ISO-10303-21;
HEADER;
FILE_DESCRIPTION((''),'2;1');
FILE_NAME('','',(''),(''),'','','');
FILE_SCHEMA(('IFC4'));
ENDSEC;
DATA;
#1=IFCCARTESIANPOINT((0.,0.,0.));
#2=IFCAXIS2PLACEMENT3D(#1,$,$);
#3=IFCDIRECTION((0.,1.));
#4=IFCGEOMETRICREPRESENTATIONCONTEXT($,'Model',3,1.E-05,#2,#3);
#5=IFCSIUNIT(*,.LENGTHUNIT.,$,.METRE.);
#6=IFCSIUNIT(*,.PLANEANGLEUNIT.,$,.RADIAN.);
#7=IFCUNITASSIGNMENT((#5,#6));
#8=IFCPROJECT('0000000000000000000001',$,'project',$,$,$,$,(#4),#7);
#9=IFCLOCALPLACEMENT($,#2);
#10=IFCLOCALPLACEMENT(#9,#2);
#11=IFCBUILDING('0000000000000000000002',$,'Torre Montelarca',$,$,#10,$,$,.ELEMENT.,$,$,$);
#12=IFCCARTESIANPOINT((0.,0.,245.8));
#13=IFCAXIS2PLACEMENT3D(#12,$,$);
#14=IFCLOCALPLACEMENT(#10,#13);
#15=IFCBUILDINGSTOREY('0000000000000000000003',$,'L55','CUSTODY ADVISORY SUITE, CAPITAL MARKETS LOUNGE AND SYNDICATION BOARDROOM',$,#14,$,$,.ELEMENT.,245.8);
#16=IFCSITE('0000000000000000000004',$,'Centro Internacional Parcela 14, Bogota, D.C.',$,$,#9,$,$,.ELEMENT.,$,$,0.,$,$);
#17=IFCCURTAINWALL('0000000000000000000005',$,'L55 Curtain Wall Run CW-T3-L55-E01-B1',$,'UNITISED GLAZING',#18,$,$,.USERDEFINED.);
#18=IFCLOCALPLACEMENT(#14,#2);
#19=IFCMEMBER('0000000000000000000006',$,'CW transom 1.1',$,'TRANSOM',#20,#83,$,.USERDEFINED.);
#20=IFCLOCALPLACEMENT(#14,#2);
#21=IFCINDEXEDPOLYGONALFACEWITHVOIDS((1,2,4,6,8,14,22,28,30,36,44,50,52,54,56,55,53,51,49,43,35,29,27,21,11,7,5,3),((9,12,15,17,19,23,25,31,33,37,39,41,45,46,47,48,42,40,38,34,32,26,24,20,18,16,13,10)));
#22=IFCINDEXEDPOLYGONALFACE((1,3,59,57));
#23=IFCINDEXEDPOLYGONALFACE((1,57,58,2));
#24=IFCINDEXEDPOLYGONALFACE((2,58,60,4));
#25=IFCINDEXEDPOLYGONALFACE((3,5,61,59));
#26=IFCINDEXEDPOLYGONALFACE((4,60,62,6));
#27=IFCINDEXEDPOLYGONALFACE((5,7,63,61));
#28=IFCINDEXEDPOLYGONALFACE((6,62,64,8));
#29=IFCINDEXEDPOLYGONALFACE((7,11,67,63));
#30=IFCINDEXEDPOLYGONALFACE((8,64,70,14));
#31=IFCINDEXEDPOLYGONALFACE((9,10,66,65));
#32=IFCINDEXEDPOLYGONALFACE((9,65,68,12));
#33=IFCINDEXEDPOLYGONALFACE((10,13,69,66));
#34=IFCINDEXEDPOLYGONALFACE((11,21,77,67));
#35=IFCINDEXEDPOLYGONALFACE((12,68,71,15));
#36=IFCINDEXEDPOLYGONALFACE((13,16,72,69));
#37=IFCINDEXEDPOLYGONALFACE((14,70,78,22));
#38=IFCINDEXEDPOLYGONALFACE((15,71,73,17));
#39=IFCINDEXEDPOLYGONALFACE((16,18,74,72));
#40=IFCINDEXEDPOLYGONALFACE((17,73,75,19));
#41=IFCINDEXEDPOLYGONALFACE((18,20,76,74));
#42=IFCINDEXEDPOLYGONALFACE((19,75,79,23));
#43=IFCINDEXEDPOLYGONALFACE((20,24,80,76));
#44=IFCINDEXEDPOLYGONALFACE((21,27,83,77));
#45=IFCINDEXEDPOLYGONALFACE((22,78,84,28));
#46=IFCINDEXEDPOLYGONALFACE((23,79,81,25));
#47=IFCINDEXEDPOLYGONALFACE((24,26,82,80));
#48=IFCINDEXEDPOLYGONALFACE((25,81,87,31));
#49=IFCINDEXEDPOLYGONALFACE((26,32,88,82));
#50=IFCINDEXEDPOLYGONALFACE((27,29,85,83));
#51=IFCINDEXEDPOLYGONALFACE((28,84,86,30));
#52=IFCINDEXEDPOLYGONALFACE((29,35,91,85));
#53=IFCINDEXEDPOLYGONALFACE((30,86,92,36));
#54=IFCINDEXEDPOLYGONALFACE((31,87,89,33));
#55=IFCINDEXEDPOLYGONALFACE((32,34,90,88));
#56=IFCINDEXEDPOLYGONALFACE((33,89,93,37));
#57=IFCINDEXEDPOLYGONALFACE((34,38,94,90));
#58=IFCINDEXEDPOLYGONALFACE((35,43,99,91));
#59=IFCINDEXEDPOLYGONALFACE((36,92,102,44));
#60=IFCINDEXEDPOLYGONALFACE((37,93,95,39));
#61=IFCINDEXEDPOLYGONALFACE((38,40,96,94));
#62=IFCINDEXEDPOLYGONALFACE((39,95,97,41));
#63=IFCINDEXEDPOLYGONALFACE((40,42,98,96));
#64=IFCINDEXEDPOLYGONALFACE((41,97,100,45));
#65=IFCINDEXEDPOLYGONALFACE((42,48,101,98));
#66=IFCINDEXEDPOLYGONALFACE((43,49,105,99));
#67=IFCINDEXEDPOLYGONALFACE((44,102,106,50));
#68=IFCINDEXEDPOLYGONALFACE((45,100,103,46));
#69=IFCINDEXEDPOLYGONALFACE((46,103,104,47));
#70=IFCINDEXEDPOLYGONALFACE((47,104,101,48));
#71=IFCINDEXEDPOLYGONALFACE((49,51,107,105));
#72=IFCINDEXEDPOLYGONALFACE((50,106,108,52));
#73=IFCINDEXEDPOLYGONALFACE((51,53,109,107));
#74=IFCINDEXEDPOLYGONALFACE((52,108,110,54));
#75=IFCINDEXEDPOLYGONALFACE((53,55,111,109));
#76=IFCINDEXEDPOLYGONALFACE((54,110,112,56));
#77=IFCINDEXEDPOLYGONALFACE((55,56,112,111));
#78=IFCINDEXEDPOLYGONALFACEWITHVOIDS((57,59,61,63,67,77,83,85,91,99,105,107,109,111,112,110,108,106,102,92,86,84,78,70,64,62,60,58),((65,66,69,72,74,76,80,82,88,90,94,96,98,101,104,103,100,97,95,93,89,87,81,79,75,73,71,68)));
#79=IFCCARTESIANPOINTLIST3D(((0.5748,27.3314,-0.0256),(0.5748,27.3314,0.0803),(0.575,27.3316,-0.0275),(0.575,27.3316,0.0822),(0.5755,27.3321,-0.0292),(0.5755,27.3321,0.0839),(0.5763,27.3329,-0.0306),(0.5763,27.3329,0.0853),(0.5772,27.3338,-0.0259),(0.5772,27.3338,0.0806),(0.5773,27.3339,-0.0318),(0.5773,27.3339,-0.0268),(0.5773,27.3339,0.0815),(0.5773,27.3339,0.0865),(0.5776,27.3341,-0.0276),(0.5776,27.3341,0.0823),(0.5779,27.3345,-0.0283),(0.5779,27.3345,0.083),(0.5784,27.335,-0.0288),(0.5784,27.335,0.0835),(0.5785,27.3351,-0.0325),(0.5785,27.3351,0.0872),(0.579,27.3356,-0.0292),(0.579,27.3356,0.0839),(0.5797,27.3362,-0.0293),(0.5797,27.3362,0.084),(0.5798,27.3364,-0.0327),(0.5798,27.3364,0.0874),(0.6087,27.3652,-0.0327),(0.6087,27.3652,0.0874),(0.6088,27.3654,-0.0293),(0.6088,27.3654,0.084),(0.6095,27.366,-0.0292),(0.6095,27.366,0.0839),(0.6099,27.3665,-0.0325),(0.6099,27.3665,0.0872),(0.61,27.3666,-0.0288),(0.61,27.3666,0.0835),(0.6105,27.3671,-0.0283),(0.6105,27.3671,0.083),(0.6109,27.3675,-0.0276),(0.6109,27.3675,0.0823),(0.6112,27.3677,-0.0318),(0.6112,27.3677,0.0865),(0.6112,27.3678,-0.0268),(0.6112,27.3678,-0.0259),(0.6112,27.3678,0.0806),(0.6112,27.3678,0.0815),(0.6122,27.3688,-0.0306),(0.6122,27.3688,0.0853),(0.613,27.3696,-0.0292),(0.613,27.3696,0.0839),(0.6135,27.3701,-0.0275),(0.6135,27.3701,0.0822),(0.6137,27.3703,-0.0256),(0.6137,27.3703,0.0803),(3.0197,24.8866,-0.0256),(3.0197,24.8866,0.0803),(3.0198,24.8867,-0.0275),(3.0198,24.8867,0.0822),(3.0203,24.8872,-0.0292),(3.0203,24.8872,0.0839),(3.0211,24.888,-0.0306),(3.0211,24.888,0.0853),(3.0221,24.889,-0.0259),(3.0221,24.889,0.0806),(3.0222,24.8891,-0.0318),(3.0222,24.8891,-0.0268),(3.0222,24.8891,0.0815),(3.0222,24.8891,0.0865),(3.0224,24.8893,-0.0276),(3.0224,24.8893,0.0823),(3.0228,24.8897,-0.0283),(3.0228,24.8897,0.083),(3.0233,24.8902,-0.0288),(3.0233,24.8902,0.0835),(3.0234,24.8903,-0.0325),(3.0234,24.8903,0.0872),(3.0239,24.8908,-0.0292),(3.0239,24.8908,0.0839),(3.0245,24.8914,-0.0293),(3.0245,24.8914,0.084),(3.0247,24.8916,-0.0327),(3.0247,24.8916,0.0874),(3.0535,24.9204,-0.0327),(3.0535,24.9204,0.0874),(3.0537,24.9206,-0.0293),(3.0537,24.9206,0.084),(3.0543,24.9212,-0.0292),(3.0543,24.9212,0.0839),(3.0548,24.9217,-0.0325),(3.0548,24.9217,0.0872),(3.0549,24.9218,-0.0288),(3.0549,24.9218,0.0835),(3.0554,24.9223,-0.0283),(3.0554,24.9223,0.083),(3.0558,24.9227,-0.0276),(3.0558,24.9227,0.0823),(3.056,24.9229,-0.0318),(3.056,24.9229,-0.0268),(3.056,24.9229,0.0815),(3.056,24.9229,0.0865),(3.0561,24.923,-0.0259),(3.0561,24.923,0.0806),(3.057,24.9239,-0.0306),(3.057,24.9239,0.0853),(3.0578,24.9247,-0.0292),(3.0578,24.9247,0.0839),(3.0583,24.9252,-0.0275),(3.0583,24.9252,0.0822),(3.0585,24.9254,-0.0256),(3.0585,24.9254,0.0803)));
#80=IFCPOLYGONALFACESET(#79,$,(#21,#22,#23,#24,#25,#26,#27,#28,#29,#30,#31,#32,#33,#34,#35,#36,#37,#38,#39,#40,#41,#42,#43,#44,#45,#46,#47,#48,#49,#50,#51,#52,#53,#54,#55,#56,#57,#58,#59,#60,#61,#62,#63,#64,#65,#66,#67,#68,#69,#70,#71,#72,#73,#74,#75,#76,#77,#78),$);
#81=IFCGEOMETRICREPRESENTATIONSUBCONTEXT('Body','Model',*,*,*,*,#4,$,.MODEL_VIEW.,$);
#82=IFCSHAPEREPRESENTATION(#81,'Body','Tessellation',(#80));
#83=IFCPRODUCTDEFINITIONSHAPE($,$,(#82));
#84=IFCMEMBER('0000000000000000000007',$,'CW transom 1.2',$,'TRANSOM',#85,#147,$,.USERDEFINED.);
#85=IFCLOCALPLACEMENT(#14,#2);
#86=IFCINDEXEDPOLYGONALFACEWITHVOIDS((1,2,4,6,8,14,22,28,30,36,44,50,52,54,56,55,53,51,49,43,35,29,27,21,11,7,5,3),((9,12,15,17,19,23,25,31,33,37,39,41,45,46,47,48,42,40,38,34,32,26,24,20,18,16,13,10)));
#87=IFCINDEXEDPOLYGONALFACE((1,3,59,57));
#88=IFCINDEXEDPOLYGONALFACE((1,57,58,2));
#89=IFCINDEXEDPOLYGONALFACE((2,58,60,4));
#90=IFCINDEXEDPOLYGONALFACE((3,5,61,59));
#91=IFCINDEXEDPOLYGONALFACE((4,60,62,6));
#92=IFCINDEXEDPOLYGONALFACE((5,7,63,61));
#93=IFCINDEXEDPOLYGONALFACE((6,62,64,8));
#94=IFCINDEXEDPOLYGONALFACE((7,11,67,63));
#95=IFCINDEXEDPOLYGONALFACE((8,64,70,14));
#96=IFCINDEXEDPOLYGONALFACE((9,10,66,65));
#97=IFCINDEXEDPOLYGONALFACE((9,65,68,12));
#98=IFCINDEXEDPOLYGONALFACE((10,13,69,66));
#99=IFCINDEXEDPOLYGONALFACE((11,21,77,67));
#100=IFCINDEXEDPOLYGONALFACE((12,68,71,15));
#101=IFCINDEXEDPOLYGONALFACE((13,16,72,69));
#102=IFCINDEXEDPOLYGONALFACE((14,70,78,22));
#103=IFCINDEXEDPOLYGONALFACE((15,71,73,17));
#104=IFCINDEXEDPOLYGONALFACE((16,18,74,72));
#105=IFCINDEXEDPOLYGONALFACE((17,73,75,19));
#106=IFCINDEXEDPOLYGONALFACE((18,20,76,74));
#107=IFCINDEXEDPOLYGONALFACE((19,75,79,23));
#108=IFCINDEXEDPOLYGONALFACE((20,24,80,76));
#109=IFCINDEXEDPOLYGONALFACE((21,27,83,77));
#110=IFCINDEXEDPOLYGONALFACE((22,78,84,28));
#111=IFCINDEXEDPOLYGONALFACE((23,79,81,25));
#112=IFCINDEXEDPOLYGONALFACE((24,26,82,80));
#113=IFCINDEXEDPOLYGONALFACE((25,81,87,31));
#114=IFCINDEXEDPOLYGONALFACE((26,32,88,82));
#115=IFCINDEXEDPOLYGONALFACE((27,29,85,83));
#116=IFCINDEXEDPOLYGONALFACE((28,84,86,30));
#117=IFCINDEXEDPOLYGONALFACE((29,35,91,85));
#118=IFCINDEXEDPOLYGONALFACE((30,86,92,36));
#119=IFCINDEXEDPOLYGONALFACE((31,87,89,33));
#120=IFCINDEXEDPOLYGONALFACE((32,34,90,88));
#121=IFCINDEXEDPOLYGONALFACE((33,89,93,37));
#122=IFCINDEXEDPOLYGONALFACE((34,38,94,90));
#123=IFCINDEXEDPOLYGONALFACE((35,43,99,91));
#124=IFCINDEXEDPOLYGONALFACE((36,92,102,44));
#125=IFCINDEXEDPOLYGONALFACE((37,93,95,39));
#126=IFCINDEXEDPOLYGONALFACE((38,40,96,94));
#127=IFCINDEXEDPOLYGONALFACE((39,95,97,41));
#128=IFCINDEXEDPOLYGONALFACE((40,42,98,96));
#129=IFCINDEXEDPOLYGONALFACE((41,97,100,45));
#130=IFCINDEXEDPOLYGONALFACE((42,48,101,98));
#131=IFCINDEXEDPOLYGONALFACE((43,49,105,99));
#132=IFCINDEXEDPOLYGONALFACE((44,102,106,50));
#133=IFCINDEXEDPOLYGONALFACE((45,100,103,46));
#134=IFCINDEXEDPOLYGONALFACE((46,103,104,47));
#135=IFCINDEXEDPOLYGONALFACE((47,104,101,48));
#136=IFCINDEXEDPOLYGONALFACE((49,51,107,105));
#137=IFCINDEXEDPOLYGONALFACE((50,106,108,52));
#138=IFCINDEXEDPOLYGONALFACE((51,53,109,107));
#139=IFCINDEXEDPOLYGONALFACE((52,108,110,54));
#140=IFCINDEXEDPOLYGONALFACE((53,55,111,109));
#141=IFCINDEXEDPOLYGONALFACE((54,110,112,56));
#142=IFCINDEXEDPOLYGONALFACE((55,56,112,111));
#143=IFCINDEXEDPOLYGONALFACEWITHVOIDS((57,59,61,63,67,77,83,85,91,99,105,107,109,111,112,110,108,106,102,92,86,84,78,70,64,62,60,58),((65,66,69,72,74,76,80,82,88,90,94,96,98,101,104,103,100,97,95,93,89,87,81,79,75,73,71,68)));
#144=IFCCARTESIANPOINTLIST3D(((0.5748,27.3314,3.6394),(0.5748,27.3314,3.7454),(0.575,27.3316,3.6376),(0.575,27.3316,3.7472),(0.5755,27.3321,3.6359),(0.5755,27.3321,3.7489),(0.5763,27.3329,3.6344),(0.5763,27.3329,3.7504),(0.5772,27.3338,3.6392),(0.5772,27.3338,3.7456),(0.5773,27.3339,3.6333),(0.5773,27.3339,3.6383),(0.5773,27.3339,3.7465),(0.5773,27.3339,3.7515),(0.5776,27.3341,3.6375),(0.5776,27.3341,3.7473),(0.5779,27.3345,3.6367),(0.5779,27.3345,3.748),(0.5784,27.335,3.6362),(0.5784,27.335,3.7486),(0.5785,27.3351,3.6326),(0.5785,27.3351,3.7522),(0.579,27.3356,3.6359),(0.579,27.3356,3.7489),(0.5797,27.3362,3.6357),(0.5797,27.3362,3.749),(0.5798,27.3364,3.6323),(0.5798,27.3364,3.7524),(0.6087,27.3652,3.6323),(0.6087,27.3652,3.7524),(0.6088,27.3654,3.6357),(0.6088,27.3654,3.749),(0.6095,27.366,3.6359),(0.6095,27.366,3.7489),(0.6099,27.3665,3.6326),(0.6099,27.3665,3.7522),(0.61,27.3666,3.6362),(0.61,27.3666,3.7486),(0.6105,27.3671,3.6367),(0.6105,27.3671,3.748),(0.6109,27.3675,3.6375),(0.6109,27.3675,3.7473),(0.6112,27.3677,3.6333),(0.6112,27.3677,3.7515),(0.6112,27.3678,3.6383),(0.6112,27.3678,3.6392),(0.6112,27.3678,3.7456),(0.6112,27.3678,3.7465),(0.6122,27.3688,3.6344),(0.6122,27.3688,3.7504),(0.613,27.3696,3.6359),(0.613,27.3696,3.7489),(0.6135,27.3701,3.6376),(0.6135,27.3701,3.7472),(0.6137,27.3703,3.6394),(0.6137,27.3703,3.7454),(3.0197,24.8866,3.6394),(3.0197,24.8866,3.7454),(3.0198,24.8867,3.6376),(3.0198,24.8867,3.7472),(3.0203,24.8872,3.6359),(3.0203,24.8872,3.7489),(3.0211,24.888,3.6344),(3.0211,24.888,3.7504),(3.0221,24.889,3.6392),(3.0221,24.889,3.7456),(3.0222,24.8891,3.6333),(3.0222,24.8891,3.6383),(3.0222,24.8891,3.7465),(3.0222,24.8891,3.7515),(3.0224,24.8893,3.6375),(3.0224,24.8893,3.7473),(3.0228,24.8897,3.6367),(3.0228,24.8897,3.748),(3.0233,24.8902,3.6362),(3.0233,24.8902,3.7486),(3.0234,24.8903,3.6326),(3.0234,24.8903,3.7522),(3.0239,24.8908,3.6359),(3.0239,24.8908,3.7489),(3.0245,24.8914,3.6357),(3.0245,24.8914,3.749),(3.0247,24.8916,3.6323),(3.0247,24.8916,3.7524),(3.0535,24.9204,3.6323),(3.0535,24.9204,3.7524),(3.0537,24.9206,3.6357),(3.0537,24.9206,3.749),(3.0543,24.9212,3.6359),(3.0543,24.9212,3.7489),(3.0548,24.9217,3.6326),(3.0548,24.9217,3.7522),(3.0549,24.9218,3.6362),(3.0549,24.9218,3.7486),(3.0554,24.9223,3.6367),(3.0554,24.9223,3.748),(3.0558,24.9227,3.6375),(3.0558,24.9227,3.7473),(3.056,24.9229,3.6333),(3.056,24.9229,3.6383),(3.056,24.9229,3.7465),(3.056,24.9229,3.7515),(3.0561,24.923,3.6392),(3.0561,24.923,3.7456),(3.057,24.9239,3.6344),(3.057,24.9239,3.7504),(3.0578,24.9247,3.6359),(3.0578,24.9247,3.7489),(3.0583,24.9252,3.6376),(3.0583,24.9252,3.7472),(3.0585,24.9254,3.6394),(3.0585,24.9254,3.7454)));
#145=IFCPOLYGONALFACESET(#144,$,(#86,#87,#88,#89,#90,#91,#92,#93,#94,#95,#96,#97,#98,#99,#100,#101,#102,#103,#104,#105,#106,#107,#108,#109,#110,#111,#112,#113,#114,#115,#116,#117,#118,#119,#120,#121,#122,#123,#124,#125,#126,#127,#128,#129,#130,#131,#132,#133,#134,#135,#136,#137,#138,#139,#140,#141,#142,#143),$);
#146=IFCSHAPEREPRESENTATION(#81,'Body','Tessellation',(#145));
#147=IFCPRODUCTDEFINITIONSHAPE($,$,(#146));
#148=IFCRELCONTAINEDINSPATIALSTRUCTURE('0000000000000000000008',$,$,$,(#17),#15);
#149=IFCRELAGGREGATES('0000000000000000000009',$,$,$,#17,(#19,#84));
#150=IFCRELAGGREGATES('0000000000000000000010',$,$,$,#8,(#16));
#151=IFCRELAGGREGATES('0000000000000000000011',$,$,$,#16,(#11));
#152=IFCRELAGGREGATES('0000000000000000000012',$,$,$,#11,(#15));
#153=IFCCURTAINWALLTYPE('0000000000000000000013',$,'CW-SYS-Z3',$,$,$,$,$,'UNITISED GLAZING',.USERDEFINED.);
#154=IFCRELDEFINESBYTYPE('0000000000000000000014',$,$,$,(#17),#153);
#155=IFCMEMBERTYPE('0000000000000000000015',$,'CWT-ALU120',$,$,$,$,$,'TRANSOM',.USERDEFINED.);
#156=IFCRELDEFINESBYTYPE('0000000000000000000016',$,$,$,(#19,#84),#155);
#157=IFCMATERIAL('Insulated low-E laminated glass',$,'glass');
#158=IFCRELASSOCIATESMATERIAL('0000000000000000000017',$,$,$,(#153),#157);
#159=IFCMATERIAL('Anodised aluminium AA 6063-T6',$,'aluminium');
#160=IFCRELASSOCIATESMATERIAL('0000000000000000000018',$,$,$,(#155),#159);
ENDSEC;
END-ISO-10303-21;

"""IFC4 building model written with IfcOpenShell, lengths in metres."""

from ifc_helpers import new_model, si_unit, direction, frame, origin, origin_2d, place, context, subcontext, project, spatial, hollow_rectangle, extrude, source, transform, mapped, material, material_profile, profile_set, type_object, element, aggregate, save


model = new_model("IFC4")

# Units and contexts
model_context = context("Model", 3, precision=1e-05, world=origin(), true_north=direction((0.0, 1.0)))
body_context = subcontext(model_context, "Body", "Model", "MODEL_VIEW")
ifc_project = project(units=[si_unit("LENGTHUNIT", "METRE"), si_unit("PLANEANGLEUNIT", "RADIAN")], contexts=[model_context])

# Site, building, storey
site_placement = place(None, origin())
site = spatial("IfcSite", under=ifc_project, at=site_placement, Name="Centro Internacional Parcela 14, Bogota, D.C.", CompositionType="ELEMENT", RefElevation=0.0)
building_placement = place(site_placement, origin())
building = spatial("IfcBuilding", under=site, at=building_placement, Name="Torre Montelarca", CompositionType="ELEMENT")
storey_placement = place(building_placement, frame((0.0, 0.0, 245.8)))
storey = spatial("IfcBuildingStorey", under=building, at=storey_placement, Name="L55", Description="CUSTODY ADVISORY SUITE, CAPITAL MARKETS LOUNGE AND SYNDICATION BOARDROOM", CompositionType="ELEMENT", Elevation=245.8)

# Curtain wall
ifc_material_1 = material(Name="Insulated low-E laminated glass", Category="glass")
curtain_wall_type = type_object("IfcCurtainWallType", Name="CW-SYS-Z3", ElementType="UNITISED GLAZING", PredefinedType="USERDEFINED", material=ifc_material_1)
curtain_wall_1_placement = place(storey_placement, origin())
curtain_wall_1 = element("IfcCurtainWall", 1, at=curtain_wall_1_placement, inside=storey, type_object=curtain_wall_type, Name="L55 Curtain Wall Run CW-T3-L55-E01-B1", ObjectType="UNITISED GLAZING", PredefinedType="USERDEFINED")
ifc_material_2 = material(Name="Anodised aluminium AA 6063-T6", Category="aluminium")

# Members
ifc_material_profile_1 = material_profile(ifc_material_2, hollow_rectangle(XDim=0.0549, YDim=0.1201, WallThickness=0.0034, InnerFilletRadius=0.0034, OuterFilletRadius=0.0071, at=origin_2d()), Name="ALU55X120X3.5", Category="aluminium")
ifc_profile_set_1 = profile_set([ifc_material_profile_1], Name="Anodised aluminium AA 6063-T6")
member_type_1 = type_object("IfcMemberType", Name="CWT-ALU120", ElementType="TRANSOM", PredefinedType="USERDEFINED", material=ifc_profile_set_1)
shared_shape_1 = source(origin(), body_context, "Body", "SweptSolid", [
    extrude(hollow_rectangle(XDim=0.0549, YDim=0.1201, WallThickness=0.0034, InnerFilletRadius=0.0034, OuterFilletRadius=0.0071, at=origin_2d()), origin(), (0.0, 0.0, 1.0), 3.4575),
])
member_1_placement = place(storey_placement, frame((0.5942, 27.3508, 0.0273), z_axis=(0.707107, -0.707107, 0.0), x_axis=(0.707107, 0.707107, 0.0)))
member_1 = element("IfcMember", 2, at=member_1_placement, type_object=member_type_1, Name="CW transom 1.1", ObjectType="TRANSOM", PredefinedType="USERDEFINED", context=body_context, shape_type="MappedRepresentation", body=[
    mapped(shared_shape_1, transform((0.0, 0.0, 0.0), scale=1.0)),
])
member_2_placement = place(storey_placement, frame((0.5942, 27.3508, 3.6924), z_axis=(0.707107, -0.707107, 0.0), x_axis=(0.707107, 0.707107, 0.0)))
member_2 = element("IfcMember", 3, at=member_2_placement, type_object=member_type_1, Name="CW transom 1.2", ObjectType="TRANSOM", PredefinedType="USERDEFINED", context=body_context, shape_type="MappedRepresentation", body=[
    mapped(shared_shape_1, transform((0.0, 0.0, 0.0), scale=1.0)),
])

aggregate(curtain_wall_1, [member_1, member_2])

save(model, "model.ifc")
